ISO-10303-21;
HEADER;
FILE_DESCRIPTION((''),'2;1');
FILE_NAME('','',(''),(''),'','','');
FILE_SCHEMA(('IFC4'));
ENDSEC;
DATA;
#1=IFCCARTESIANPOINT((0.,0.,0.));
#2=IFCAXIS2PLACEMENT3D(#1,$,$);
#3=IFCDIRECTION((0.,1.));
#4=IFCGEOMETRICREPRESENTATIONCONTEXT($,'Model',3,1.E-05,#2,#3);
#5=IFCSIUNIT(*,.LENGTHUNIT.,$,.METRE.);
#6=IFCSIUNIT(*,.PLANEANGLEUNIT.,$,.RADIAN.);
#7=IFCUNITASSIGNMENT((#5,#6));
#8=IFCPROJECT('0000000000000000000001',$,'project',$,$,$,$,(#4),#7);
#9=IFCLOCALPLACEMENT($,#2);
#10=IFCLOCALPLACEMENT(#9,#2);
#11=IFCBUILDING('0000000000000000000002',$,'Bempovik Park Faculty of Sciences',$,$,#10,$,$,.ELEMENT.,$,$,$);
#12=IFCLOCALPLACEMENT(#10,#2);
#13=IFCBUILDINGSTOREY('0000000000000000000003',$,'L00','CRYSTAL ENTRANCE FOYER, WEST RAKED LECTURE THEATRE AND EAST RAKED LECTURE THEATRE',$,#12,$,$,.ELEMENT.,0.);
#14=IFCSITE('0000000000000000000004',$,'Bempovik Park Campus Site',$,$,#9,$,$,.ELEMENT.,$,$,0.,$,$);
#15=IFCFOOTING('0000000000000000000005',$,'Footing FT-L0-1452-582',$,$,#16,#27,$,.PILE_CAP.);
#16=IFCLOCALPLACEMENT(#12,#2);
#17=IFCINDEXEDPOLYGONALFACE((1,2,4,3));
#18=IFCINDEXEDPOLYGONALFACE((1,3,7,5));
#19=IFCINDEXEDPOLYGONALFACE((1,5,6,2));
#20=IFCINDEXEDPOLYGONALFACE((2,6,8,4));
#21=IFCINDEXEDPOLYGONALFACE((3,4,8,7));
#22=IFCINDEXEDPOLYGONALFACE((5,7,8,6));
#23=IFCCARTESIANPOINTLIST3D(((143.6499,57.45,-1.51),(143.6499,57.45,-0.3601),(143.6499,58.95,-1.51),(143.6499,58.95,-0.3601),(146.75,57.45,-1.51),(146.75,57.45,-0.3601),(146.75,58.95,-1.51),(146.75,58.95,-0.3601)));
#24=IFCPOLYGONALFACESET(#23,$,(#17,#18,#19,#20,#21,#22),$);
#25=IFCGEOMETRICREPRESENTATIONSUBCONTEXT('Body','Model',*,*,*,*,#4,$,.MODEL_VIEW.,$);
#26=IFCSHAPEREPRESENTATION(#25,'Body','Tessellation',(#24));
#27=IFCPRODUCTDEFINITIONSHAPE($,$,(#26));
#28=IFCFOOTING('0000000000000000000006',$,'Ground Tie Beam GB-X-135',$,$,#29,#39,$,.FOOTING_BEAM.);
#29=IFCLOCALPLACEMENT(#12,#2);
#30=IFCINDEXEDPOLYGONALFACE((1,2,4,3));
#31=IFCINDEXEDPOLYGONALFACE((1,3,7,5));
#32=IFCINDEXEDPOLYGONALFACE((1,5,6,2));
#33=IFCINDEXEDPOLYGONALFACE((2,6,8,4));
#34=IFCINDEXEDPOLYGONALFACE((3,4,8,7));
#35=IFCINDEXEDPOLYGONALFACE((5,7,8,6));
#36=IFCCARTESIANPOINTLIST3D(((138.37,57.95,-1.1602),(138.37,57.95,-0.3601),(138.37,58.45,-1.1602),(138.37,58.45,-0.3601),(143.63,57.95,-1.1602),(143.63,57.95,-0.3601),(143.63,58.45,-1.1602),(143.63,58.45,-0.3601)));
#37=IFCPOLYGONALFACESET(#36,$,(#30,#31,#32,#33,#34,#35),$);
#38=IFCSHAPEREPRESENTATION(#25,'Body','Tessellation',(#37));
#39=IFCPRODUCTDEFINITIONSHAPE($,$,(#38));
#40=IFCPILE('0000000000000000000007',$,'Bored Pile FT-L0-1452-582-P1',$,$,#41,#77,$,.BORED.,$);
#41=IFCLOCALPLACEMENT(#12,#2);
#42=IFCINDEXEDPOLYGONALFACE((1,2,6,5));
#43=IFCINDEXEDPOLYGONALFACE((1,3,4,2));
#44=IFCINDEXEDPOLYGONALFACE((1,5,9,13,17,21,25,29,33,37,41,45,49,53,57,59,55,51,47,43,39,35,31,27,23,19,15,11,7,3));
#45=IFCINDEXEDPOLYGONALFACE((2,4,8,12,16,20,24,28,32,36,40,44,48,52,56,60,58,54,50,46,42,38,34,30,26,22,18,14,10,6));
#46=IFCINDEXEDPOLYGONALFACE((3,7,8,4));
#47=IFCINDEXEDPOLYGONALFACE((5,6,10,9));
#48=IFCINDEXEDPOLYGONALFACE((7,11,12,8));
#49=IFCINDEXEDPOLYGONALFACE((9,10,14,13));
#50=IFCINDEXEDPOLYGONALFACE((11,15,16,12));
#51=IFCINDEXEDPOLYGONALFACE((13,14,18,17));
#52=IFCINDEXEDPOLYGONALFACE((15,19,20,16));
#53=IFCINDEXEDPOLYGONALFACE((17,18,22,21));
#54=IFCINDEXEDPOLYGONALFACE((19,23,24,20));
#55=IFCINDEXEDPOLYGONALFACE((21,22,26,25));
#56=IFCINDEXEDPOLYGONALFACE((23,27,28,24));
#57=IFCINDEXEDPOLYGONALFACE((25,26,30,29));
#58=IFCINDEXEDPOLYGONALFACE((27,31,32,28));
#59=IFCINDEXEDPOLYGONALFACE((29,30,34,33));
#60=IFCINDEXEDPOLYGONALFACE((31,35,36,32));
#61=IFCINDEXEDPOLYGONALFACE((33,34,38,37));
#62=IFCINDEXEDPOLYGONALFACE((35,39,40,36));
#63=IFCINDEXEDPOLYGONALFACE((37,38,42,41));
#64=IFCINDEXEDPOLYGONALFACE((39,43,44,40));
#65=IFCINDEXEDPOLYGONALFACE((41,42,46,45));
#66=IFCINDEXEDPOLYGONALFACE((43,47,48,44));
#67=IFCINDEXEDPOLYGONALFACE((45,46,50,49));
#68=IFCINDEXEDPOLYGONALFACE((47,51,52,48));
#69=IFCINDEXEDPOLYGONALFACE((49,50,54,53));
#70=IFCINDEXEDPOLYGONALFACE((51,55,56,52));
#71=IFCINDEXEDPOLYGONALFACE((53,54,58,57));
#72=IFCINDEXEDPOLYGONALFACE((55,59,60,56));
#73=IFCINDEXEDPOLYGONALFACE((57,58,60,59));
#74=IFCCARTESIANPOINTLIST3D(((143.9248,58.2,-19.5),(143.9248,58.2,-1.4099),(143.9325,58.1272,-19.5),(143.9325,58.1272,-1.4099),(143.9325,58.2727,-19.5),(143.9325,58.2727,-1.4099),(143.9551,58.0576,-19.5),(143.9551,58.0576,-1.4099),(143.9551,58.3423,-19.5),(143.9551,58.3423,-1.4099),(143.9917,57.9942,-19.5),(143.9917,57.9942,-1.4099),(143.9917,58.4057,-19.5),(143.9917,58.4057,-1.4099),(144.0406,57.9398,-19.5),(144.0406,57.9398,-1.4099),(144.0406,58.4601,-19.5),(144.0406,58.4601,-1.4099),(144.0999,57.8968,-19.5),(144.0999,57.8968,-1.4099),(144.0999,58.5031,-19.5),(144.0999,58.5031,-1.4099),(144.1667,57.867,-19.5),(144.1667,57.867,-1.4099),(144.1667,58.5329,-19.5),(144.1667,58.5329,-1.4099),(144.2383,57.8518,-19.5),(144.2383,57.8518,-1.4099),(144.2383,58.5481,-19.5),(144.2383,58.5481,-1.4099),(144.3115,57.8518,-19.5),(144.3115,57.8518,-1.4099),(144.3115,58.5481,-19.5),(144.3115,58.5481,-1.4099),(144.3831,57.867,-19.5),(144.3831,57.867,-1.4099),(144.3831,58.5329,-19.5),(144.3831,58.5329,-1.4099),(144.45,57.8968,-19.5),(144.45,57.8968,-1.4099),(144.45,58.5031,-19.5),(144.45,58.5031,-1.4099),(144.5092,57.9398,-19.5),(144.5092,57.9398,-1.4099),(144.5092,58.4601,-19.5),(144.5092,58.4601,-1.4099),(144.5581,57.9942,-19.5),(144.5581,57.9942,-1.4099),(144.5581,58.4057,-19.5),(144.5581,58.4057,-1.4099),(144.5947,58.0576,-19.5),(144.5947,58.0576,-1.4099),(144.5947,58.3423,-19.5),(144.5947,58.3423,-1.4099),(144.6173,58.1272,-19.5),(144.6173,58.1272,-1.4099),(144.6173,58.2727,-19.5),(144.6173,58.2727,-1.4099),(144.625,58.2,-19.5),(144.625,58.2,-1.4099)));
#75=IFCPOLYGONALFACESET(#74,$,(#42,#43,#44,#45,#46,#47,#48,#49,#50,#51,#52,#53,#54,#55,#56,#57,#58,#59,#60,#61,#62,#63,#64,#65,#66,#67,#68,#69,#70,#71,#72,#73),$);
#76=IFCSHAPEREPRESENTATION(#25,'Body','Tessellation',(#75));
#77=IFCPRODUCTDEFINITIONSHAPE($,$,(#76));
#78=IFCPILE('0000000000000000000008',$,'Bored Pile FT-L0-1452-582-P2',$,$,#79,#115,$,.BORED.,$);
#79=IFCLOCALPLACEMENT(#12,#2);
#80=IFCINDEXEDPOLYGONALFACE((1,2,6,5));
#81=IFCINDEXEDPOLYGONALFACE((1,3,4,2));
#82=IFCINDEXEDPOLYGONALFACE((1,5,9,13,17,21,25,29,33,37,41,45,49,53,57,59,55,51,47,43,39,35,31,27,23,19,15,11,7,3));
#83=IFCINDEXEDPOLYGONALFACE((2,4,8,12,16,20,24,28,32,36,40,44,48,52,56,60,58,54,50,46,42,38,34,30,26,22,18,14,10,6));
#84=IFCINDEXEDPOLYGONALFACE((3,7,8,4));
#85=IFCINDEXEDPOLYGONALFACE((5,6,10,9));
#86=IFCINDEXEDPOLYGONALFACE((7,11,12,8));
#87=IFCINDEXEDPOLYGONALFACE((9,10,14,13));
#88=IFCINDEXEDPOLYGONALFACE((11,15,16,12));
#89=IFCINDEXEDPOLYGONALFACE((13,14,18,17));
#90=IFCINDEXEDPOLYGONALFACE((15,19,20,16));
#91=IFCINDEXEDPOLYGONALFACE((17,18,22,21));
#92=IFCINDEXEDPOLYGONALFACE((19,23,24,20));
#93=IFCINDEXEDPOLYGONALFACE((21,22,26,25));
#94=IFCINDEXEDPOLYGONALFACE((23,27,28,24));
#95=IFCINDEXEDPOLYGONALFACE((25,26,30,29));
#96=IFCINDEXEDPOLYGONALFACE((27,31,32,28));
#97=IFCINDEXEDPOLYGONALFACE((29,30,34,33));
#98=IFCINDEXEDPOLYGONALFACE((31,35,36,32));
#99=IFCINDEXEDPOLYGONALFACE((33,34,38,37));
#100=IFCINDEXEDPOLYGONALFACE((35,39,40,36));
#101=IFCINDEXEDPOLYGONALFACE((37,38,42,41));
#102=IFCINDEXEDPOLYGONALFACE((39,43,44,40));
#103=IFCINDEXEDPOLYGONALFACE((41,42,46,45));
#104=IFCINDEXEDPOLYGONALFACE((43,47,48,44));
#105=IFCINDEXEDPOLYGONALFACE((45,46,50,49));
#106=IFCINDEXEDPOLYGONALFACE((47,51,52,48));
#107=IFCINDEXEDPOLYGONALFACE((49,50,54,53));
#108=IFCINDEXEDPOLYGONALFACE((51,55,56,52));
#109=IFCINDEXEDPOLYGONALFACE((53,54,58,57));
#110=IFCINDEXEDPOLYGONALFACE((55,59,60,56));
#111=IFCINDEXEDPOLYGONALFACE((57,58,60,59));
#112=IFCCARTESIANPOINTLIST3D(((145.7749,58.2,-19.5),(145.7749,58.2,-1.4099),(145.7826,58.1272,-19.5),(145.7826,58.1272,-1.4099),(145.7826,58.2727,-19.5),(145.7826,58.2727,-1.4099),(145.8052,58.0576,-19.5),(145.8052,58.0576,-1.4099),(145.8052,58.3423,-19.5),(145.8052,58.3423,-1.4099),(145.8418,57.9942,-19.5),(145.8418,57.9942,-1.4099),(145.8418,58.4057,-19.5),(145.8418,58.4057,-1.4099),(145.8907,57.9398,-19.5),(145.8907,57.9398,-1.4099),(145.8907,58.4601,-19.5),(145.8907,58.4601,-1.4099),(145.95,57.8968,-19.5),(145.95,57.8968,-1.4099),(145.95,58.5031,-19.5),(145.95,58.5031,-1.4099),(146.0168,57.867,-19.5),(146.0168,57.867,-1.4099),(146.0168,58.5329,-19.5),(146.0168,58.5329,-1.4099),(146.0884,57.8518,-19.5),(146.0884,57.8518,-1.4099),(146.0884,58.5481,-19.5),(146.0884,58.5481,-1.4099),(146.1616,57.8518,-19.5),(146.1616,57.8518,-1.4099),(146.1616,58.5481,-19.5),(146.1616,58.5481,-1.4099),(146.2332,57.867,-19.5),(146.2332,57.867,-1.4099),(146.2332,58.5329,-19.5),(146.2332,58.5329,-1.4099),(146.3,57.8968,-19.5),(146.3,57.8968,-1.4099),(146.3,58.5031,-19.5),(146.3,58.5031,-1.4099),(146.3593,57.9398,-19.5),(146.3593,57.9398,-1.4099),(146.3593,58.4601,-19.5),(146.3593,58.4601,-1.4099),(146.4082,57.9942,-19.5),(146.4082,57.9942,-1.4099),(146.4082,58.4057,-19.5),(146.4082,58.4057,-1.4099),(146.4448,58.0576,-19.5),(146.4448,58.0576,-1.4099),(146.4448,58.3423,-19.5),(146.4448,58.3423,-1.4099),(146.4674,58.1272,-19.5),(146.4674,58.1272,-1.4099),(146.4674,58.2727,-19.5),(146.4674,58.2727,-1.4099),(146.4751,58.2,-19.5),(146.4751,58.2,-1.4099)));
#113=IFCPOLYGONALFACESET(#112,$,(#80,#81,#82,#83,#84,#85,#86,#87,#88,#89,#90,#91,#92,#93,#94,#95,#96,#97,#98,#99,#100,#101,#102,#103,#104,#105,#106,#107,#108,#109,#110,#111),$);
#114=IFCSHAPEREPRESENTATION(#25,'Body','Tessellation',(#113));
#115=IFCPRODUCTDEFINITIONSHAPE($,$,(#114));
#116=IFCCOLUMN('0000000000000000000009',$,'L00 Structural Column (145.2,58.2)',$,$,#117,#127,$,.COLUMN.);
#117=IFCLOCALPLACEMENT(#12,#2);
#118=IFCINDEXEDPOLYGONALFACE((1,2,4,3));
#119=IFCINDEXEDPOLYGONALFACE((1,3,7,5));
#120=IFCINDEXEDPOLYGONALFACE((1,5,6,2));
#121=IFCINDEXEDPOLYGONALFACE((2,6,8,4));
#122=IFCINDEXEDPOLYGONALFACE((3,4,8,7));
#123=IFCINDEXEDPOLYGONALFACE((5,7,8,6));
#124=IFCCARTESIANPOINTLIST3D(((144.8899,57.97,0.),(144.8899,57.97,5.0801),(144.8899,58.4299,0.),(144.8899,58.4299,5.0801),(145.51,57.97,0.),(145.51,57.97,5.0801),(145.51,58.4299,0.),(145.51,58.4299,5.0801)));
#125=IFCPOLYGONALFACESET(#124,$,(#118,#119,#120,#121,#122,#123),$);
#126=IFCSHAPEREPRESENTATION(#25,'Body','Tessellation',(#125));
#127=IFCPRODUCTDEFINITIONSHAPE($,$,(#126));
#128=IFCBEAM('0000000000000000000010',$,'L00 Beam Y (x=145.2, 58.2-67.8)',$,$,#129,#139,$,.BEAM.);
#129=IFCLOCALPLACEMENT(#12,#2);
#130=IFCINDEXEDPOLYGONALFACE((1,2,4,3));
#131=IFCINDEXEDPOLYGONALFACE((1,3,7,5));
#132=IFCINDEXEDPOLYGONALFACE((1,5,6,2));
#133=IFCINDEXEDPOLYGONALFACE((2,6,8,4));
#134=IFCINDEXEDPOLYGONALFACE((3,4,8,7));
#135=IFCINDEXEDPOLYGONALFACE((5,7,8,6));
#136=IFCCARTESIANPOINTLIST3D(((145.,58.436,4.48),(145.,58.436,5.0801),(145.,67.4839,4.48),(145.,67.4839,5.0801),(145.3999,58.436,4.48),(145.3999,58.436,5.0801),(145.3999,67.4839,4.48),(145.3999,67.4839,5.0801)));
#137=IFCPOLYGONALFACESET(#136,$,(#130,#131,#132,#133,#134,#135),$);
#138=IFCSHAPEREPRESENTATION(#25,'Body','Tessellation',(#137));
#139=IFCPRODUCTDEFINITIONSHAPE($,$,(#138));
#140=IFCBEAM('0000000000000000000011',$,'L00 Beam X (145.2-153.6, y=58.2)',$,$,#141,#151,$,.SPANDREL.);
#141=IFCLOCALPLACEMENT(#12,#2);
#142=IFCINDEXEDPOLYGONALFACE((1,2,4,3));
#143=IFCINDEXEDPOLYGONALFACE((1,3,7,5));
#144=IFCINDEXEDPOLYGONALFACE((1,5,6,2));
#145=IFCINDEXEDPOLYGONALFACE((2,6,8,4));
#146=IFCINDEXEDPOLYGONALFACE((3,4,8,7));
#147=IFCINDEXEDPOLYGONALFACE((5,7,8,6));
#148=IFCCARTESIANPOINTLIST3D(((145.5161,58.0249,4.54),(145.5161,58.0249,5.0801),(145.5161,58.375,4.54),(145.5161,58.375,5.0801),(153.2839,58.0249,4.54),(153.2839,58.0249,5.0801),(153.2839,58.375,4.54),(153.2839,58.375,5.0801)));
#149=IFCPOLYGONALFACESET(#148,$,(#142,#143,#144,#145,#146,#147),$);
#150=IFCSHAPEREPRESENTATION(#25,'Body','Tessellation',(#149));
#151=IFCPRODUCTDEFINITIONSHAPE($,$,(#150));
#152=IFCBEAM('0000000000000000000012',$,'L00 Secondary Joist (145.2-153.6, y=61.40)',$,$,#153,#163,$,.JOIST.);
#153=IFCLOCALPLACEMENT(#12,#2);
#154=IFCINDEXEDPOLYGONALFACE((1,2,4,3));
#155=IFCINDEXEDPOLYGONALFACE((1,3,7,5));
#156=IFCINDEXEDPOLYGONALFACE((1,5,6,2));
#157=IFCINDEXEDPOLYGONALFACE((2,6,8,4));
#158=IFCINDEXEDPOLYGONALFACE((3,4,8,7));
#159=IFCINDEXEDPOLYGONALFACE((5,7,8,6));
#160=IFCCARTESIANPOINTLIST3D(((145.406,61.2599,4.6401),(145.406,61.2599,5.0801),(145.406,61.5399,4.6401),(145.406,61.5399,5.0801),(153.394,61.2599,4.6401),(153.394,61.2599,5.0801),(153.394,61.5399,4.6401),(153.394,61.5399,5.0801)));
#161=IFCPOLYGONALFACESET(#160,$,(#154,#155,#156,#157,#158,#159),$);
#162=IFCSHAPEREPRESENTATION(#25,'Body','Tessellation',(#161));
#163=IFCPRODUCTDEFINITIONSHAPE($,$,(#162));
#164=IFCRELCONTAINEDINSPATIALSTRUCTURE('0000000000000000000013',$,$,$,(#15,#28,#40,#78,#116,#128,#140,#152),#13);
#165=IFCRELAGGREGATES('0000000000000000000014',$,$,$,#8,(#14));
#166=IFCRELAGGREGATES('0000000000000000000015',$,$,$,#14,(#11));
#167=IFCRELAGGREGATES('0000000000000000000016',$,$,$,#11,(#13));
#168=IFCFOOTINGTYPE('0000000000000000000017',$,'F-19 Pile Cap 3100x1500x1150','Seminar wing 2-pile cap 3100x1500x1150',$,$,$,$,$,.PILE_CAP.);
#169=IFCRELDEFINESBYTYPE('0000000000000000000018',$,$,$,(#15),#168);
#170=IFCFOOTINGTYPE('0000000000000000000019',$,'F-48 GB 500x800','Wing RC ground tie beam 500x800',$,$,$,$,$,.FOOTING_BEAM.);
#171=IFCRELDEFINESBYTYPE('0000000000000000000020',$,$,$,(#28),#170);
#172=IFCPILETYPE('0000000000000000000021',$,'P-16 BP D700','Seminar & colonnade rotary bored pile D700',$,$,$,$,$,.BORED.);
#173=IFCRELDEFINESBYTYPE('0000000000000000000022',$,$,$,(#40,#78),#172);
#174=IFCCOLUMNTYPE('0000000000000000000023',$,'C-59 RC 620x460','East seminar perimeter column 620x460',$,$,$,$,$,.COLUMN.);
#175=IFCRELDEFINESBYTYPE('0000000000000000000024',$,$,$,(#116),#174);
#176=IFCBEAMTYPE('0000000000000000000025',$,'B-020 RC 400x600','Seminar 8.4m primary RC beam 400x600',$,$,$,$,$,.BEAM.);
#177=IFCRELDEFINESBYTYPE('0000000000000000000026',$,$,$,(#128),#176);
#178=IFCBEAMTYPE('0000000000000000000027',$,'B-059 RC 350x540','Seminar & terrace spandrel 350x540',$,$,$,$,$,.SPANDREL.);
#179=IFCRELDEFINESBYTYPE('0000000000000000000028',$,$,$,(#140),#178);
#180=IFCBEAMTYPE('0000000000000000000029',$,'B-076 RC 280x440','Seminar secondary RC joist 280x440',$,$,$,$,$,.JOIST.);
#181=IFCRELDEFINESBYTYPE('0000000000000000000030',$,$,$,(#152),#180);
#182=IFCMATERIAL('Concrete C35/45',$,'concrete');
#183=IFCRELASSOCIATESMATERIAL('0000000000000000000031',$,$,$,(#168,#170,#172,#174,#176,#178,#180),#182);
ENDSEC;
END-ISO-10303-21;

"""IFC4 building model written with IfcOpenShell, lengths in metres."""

from ifc_helpers import new_model, si_unit, direction, frame, origin, origin_2d, place, context, subcontext, project, spatial, rectangle, circle, extrude, material, material_profile, profile_set, type_object, element, save


model = new_model("IFC4")

# Units and contexts
model_context = context("Model", 3, precision=1e-05, world=origin(), true_north=direction((0.0, 1.0)))
body_context = subcontext(model_context, "Body", "Model", "MODEL_VIEW")
ifc_project = project(units=[si_unit("LENGTHUNIT", "METRE"), si_unit("PLANEANGLEUNIT", "RADIAN")], contexts=[model_context])

# Site, building, storey
site_placement = place(None, origin())
site = spatial("IfcSite", under=ifc_project, at=site_placement, Name="Bempovik Park Campus Site", CompositionType="ELEMENT", RefElevation=0.0)
building_placement = place(site_placement, origin())
building = spatial("IfcBuilding", under=site, at=building_placement, Name="Bempovik Park Faculty of Sciences", CompositionType="ELEMENT")
storey_placement = place(building_placement, origin())
storey = spatial("IfcBuildingStorey", under=building, at=storey_placement, Name="L00", Description="CRYSTAL ENTRANCE FOYER, WEST RAKED LECTURE THEATRE AND EAST RAKED LECTURE THEATRE", CompositionType="ELEMENT", Elevation=0.0)

# Footings
ifc_material_1 = material(Name="Concrete C35/45", Category="concrete")
footing_type_1 = type_object("IfcFootingType", Name="F-19 Pile Cap 3100x1500x1150", Description="Seminar wing 2-pile cap 3100x1500x1150", PredefinedType="PILE_CAP", material=ifc_material_1)
footing_1_placement = place(storey_placement, frame((145.2, 58.2, -1.51), z_axis=(0.0, 0.0, 1.0), x_axis=(1.0, 0.0, 0.0)))
element("IfcFooting", 1, at=footing_1_placement, inside=storey, type_object=footing_type_1, Name="Footing FT-L0-1452-582", PredefinedType="PILE_CAP", context=body_context, shape_type="SweptSolid", body=[
    extrude(rectangle(XDim=3.1001, YDim=1.5, at=origin_2d()), origin(), (0.0, 0.0, 1.0), 1.1499),
])
footing_type_2 = type_object("IfcFootingType", Name="F-48 GB 500x800", Description="Wing RC ground tie beam 500x800", PredefinedType="FOOTING_BEAM", material=ifc_material_1)
footing_2_placement = place(storey_placement, frame((141.0, 58.2, -1.1602), z_axis=(0.0, 0.0, 1.0), x_axis=(1.0, 0.0, 0.0)))
element("IfcFooting", 2, at=footing_2_placement, inside=storey, type_object=footing_type_2, Name="Ground Tie Beam GB-X-135", PredefinedType="FOOTING_BEAM", context=body_context, shape_type="SweptSolid", body=[
    extrude(rectangle(XDim=5.26, YDim=0.5, at=origin_2d()), origin(), (0.0, 0.0, 1.0), 0.8),
])

# Piles
ifc_material_profile_1 = material_profile(ifc_material_1, circle(Radius=0.3501, at=origin_2d()), Name="BP D700")
ifc_profile_set_1 = profile_set([ifc_material_profile_1], Name="Concrete C35/45")
pile_type = type_object("IfcPileType", Name="P-16 BP D700", Description="Seminar & colonnade rotary bored pile D700", PredefinedType="BORED", material=ifc_profile_set_1)
for number, where, z_axis, x_axis, name in (
    (3, (144.2749, 58.2, -1.4099), (0.0, 0.0, -1.0), (1.0, 0.0, 0.0), "Bored Pile FT-L0-1452-582-P1"),
    (4, (146.125, 58.2, -1.4099), (0.0, 0.0, -1.0), (1.0, 0.0, 0.0), "Bored Pile FT-L0-1452-582-P2"),
):
    element("IfcPile", number, at=place(storey_placement, frame(where, z_axis=z_axis, x_axis=x_axis)), inside=storey, type_object=pile_type, Name=name, PredefinedType="BORED", context=body_context, shape_type="SweptSolid", body=[
        extrude(circle(Radius=0.3501, at=origin_2d()), origin(), (0.0, 0.0, 1.0), 18.0901),
    ])

# Column
ifc_material_profile_2 = material_profile(ifc_material_1, rectangle(XDim=0.6201, YDim=0.46, at=origin_2d()), Name="RC 620x460")
ifc_profile_set_2 = profile_set([ifc_material_profile_2], Name="Concrete C35/45")
column_type = type_object("IfcColumnType", Name="C-59 RC 620x460", Description="East seminar perimeter column 620x460", PredefinedType="COLUMN", material=ifc_profile_set_2)
column_placement = place(storey_placement, frame((145.2, 58.2, 0.0), z_axis=(0.0, 0.0, 1.0), x_axis=(1.0, 0.0, 0.0)))
element("IfcColumn", 5, at=column_placement, inside=storey, type_object=column_type, Name="L00 Structural Column (145.2,58.2)", PredefinedType="COLUMN", context=body_context, shape_type="SweptSolid", body=[
    extrude(rectangle(XDim=0.6201, YDim=0.46, at=origin_2d()), origin(), (0.0, 0.0, 1.0), 5.0801),
])

# Beams
ifc_material_profile_3 = material_profile(ifc_material_1, rectangle(XDim=0.3999, YDim=0.6001, at=origin_2d()), Name="RC 400x600")
ifc_profile_set_3 = profile_set([ifc_material_profile_3], Name="Concrete C35/45")
beam_type_1 = type_object("IfcBeamType", Name="B-020 RC 400x600", Description="Seminar 8.4m primary RC beam 400x600", PredefinedType="BEAM", material=ifc_profile_set_3)
beam_1_placement = place(storey_placement, frame((145.2, 58.436, 4.78), z_axis=(0.0, 1.0, 0.0), x_axis=(-1.0, 0.0, 0.0)))
element("IfcBeam", 6, at=beam_1_placement, inside=storey, type_object=beam_type_1, Name="L00 Beam Y (x=145.2, 58.2-67.8)", PredefinedType="BEAM", context=body_context, shape_type="SweptSolid", body=[
    extrude(rectangle(XDim=0.3999, YDim=0.6001, at=origin_2d()), origin(), (0.0, 0.0, 1.0), 9.0479),
])
ifc_material_profile_4 = material_profile(ifc_material_1, rectangle(XDim=0.3501, YDim=0.54, at=origin_2d()), Name="RC 350x540")
ifc_profile_set_4 = profile_set([ifc_material_profile_4], Name="Concrete C35/45")
beam_type_2 = type_object("IfcBeamType", Name="B-059 RC 350x540", Description="Seminar & terrace spandrel 350x540", PredefinedType="SPANDREL", material=ifc_profile_set_4)
beam_2_placement = place(storey_placement, frame((145.5161, 58.2, 4.8101), z_axis=(1.0, 0.0, 0.0), x_axis=(0.0, 1.0, 0.0)))
element("IfcBeam", 7, at=beam_2_placement, inside=storey, type_object=beam_type_2, Name="L00 Beam X (145.2-153.6, y=58.2)", PredefinedType="SPANDREL", context=body_context, shape_type="SweptSolid", body=[
    extrude(rectangle(XDim=0.3501, YDim=0.54, at=origin_2d()), origin(), (0.0, 0.0, 1.0), 7.7678),
])
ifc_material_profile_5 = material_profile(ifc_material_1, rectangle(XDim=0.28, YDim=0.4399, at=origin_2d()), Name="RC 280x440")
ifc_profile_set_5 = profile_set([ifc_material_profile_5], Name="Concrete C35/45")
beam_type_3 = type_object("IfcBeamType", Name="B-076 RC 280x440", Description="Seminar secondary RC joist 280x440", PredefinedType="JOIST", material=ifc_profile_set_5)
beam_3_placement = place(storey_placement, frame((145.406, 61.3999, 4.8601), z_axis=(1.0, 0.0, 0.0), x_axis=(0.0, 1.0, 0.0)))
element("IfcBeam", 8, at=beam_3_placement, inside=storey, type_object=beam_type_3, Name="L00 Secondary Joist (145.2-153.6, y=61.40)", PredefinedType="JOIST", context=body_context, shape_type="SweptSolid", body=[
    extrude(rectangle(XDim=0.28, YDim=0.4399, at=origin_2d()), origin(), (0.0, 0.0, 1.0), 7.988),
])

save(model, "model.ifc")
